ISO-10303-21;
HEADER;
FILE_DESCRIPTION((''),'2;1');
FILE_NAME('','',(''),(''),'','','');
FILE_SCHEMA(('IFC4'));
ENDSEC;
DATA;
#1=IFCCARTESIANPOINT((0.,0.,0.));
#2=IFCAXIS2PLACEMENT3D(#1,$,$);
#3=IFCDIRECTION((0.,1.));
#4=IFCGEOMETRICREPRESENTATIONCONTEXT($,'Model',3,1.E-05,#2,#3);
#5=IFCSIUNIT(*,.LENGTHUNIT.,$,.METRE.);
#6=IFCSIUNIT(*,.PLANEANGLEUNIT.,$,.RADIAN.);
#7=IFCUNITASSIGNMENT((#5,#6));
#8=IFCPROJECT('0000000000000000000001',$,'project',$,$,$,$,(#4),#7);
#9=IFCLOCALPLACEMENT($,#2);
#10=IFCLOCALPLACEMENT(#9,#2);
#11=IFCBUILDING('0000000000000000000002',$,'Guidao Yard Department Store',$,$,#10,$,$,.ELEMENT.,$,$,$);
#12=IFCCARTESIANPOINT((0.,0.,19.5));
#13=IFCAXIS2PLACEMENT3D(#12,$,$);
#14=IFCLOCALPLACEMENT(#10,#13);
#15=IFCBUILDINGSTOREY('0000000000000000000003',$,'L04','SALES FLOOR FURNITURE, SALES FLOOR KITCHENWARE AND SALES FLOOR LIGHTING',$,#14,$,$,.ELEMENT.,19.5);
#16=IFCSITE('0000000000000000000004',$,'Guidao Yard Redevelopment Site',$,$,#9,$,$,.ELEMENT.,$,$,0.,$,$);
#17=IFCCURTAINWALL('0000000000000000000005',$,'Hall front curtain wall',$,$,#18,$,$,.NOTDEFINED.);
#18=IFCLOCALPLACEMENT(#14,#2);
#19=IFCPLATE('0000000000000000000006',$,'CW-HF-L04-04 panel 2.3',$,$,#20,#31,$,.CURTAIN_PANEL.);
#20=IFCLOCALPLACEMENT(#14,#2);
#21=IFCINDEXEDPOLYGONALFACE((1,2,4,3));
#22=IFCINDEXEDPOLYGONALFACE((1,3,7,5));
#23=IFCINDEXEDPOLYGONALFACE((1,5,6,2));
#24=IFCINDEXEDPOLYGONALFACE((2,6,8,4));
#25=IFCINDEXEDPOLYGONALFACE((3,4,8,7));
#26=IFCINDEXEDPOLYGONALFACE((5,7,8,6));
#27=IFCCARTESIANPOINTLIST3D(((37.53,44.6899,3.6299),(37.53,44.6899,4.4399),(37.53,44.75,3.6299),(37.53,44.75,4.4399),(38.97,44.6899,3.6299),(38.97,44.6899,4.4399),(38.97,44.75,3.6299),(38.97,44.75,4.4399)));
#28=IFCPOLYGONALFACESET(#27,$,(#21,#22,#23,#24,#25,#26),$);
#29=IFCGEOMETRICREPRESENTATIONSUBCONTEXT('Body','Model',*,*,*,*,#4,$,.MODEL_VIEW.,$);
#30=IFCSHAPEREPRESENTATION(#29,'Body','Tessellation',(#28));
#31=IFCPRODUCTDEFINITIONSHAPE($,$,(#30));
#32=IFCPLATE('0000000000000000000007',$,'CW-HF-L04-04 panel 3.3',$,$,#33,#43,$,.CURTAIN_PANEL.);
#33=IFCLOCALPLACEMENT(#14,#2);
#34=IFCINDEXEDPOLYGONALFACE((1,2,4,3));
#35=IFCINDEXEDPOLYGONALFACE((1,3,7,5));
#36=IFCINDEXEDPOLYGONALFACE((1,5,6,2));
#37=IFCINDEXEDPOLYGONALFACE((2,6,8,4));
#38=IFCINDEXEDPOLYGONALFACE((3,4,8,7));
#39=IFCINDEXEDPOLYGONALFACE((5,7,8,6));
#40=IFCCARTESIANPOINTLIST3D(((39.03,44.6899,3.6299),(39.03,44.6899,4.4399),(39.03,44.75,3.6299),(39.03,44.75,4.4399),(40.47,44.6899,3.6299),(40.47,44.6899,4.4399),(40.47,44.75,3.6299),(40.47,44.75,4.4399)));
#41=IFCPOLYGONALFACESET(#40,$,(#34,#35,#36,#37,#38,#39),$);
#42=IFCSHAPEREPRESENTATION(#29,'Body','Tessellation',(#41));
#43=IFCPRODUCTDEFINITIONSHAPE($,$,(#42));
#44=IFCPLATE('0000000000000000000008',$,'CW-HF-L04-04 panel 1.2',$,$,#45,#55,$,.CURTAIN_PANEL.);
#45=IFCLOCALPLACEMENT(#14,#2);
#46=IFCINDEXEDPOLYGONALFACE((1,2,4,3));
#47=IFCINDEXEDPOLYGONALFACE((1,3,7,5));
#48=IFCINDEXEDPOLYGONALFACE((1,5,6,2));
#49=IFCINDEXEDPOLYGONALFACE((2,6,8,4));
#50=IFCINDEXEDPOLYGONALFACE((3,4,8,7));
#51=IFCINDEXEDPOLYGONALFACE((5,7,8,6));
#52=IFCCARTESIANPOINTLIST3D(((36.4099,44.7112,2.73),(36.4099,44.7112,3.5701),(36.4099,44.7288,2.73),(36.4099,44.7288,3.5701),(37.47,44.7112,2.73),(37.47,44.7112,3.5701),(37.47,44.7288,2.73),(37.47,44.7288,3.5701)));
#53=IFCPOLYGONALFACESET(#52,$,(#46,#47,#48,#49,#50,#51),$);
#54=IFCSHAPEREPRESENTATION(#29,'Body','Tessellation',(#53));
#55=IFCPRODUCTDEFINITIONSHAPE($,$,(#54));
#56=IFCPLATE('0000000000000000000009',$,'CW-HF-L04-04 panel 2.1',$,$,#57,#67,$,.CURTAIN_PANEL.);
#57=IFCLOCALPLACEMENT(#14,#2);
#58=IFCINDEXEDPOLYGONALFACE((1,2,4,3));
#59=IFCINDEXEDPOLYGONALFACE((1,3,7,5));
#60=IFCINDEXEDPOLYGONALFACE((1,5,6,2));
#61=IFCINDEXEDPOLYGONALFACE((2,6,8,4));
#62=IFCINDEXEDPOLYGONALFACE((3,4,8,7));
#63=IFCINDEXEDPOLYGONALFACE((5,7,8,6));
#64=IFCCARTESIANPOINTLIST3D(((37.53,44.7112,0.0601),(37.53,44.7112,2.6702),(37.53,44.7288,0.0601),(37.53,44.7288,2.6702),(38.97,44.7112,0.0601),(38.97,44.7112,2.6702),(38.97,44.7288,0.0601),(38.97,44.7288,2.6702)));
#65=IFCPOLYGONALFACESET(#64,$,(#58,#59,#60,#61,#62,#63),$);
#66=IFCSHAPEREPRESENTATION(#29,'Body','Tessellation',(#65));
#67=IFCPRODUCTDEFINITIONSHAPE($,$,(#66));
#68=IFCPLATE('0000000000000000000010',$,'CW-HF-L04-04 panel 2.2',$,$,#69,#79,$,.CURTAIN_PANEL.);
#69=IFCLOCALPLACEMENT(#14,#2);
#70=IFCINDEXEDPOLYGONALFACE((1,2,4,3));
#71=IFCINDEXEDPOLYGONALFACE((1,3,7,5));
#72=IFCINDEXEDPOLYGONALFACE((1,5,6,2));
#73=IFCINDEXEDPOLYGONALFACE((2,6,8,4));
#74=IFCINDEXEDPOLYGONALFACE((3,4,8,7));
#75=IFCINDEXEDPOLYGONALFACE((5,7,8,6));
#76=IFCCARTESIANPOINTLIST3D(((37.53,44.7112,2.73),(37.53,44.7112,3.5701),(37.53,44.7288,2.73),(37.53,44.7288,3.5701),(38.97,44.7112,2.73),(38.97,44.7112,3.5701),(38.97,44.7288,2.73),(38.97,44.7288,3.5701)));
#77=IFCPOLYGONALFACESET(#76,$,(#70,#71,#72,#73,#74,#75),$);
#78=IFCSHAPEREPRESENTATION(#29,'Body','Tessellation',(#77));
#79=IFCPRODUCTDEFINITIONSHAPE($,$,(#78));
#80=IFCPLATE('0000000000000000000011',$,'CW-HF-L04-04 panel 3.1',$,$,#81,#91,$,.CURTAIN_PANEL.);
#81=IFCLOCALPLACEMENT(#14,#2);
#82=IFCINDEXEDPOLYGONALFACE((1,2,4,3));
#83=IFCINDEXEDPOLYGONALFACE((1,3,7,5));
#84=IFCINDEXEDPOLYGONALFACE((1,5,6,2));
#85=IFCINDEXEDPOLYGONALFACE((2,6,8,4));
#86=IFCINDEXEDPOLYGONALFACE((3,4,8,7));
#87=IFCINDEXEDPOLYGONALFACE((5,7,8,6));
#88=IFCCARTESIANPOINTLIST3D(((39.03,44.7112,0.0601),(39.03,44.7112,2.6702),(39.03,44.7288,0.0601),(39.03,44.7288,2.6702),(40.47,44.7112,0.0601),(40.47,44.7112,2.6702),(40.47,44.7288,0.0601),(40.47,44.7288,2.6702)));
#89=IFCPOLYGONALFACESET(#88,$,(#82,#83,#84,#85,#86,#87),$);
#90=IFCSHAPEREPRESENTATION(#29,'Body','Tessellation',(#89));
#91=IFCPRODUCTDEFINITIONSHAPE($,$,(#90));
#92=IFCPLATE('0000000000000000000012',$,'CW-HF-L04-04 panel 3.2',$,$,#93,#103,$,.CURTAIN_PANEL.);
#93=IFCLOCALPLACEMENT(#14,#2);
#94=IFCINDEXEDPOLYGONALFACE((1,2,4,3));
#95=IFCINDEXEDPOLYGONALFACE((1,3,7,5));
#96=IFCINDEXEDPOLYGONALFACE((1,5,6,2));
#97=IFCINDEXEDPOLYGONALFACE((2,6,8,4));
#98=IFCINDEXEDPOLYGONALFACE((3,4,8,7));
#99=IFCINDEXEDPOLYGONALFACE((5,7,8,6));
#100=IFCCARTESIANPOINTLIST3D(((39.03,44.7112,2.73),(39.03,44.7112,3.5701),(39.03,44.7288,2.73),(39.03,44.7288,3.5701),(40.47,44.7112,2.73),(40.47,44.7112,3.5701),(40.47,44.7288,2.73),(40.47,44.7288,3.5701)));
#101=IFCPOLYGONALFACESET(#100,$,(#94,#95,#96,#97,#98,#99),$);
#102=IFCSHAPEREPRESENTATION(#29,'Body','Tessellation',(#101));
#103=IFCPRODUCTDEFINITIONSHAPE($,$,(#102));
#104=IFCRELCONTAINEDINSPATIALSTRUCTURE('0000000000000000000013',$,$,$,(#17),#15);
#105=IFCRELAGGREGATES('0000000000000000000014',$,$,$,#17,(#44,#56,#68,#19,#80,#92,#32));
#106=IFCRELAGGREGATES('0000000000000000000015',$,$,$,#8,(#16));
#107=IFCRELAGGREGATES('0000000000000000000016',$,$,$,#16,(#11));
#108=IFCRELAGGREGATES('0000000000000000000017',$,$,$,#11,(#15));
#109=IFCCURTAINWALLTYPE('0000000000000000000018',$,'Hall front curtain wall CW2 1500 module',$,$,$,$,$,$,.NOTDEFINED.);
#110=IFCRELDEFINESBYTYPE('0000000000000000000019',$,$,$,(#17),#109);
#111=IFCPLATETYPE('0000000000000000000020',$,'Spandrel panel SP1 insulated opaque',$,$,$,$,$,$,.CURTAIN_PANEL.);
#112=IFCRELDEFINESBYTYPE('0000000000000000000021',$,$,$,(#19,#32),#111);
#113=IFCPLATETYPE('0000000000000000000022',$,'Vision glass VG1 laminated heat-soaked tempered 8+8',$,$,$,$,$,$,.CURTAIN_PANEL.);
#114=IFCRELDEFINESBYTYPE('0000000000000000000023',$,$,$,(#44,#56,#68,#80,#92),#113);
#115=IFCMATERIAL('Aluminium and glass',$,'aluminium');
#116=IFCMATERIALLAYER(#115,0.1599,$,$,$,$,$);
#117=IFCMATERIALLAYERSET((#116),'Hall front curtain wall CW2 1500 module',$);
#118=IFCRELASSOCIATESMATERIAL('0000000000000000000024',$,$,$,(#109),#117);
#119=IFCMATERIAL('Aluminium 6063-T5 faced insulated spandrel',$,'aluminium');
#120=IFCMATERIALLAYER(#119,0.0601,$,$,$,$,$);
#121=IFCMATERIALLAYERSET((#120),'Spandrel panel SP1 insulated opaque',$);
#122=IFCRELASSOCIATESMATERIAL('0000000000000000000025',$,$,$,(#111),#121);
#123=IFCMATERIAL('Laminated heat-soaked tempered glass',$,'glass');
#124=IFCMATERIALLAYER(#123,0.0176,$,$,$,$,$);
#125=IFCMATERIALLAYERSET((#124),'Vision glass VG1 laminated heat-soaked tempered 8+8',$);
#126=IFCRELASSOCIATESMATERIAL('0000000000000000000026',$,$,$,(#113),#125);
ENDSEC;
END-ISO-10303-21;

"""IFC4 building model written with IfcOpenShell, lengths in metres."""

from ifc_helpers import new_model, si_unit, direction, frame, origin, origin_2d, place, context, subcontext, project, spatial, rectangle, extrude, material, layer, layer_set, type_object, element, aggregate, save


model = new_model("IFC4")

# Units and contexts
model_context = context("Model", 3, precision=1e-05, world=origin(), true_north=direction((0.0, 1.0)))
body_context = subcontext(model_context, "Body", "Model", "MODEL_VIEW")
ifc_project = project(units=[si_unit("LENGTHUNIT", "METRE"), si_unit("PLANEANGLEUNIT", "RADIAN")], contexts=[model_context])

# Site, building, storey
site_placement = place(None, origin())
site = spatial("IfcSite", under=ifc_project, at=site_placement, Name="Guidao Yard Redevelopment Site", CompositionType="ELEMENT", RefElevation=0.0)
building_placement = place(site_placement, origin())
building = spatial("IfcBuilding", under=site, at=building_placement, Name="Guidao Yard Department Store", CompositionType="ELEMENT")
storey_placement = place(building_placement, frame((0.0, 0.0, 19.5)))
storey = spatial("IfcBuildingStorey", under=building, at=storey_placement, Name="L04", Description="SALES FLOOR FURNITURE, SALES FLOOR KITCHENWARE AND SALES FLOOR LIGHTING", CompositionType="ELEMENT", Elevation=19.5)

# Curtain wall, plates
ifc_material_1 = material(Name="Aluminium and glass", Category="aluminium")
ifc_layer_1 = layer(ifc_material_1, 0.1599)
ifc_layer_set_1 = layer_set([ifc_layer_1], Name="Hall front curtain wall CW2 1500 module")
curtain_wall_type = type_object("IfcCurtainWallType", Name="Hall front curtain wall CW2 1500 module", PredefinedType="NOTDEFINED", material=ifc_layer_set_1)
curtain_wall_placement = place(storey_placement, origin())
curtain_wall = element("IfcCurtainWall", 1, at=curtain_wall_placement, inside=storey, type_object=curtain_wall_type, Name="Hall front curtain wall", PredefinedType="NOTDEFINED")
ifc_material_2 = material(Name="Aluminium 6063-T5 faced insulated spandrel", Category="aluminium")
ifc_layer_2 = layer(ifc_material_2, 0.0601)
ifc_layer_set_2 = layer_set([ifc_layer_2], Name="Spandrel panel SP1 insulated opaque")
plate_type_1 = type_object("IfcPlateType", Name="Spandrel panel SP1 insulated opaque", PredefinedType="CURTAIN_PANEL", material=ifc_layer_set_2)
plate_1_placement = place(storey_placement, frame((38.25, 44.72, 3.6299), z_axis=(0.0, 0.0, 1.0), x_axis=(-1.0, 0.0, 0.0)))
plate_1 = element("IfcPlate", 2, at=plate_1_placement, type_object=plate_type_1, Name="CW-HF-L04-04 panel 2.3", PredefinedType="CURTAIN_PANEL", context=body_context, shape_type="SweptSolid", body=[
    extrude(rectangle(XDim=1.4399, YDim=0.0601, at=origin_2d()), origin(), (0.0, 0.0, 1.0), 0.8101),
])
plate_2_placement = place(storey_placement, frame((39.75, 44.72, 3.6299), z_axis=(0.0, 0.0, 1.0), x_axis=(-1.0, 0.0, 0.0)))
plate_2 = element("IfcPlate", 3, at=plate_2_placement, type_object=plate_type_1, Name="CW-HF-L04-04 panel 3.3", PredefinedType="CURTAIN_PANEL", context=body_context, shape_type="SweptSolid", body=[
    extrude(rectangle(XDim=1.4399, YDim=0.0601, at=origin_2d()), origin(), (0.0, 0.0, 1.0), 0.8101),
])
ifc_material_3 = material(Name="Laminated heat-soaked tempered glass", Category="glass")
ifc_layer_3 = layer(ifc_material_3, 0.0176)
ifc_layer_set_3 = layer_set([ifc_layer_3], Name="Vision glass VG1 laminated heat-soaked tempered 8+8")
plate_type_2 = type_object("IfcPlateType", Name="Vision glass VG1 laminated heat-soaked tempered 8+8", PredefinedType="CURTAIN_PANEL", material=ifc_layer_set_3)
plate_3_placement = place(storey_placement, frame((36.9399, 44.72, 2.73), z_axis=(0.0, 0.0, 1.0), x_axis=(-1.0, 0.0, 0.0)))
plate_3 = element("IfcPlate", 4, at=plate_3_placement, type_object=plate_type_2, Name="CW-HF-L04-04 panel 1.2", PredefinedType="CURTAIN_PANEL", context=body_context, shape_type="SweptSolid", body=[
    extrude(rectangle(XDim=1.0601, YDim=0.0176, at=origin_2d()), origin(), (0.0, 0.0, 1.0), 0.8401),
])
plate_4_placement = place(storey_placement, frame((38.25, 44.72, 0.0601), z_axis=(0.0, 0.0, 1.0), x_axis=(-1.0, 0.0, 0.0)))
plate_4 = element("IfcPlate", 5, at=plate_4_placement, type_object=plate_type_2, Name="CW-HF-L04-04 panel 2.1", PredefinedType="CURTAIN_PANEL", context=body_context, shape_type="SweptSolid", body=[
    extrude(rectangle(XDim=1.4399, YDim=0.0176, at=origin_2d()), origin(), (0.0, 0.0, 1.0), 2.6101),
])
plate_5_placement = place(storey_placement, frame((38.25, 44.72, 2.73), z_axis=(0.0, 0.0, 1.0), x_axis=(-1.0, 0.0, 0.0)))
plate_5 = element("IfcPlate", 6, at=plate_5_placement, type_object=plate_type_2, Name="CW-HF-L04-04 panel 2.2", PredefinedType="CURTAIN_PANEL", context=body_context, shape_type="SweptSolid", body=[
    extrude(rectangle(XDim=1.4399, YDim=0.0176, at=origin_2d()), origin(), (0.0, 0.0, 1.0), 0.8401),
])
plate_6_placement = place(storey_placement, frame((39.75, 44.72, 0.0601), z_axis=(0.0, 0.0, 1.0), x_axis=(-1.0, 0.0, 0.0)))
plate_6 = element("IfcPlate", 7, at=plate_6_placement, type_object=plate_type_2, Name="CW-HF-L04-04 panel 3.1", PredefinedType="CURTAIN_PANEL", context=body_context, shape_type="SweptSolid", body=[
    extrude(rectangle(XDim=1.4399, YDim=0.0176, at=origin_2d()), origin(), (0.0, 0.0, 1.0), 2.6101),
])
plate_7_placement = place(storey_placement, frame((39.75, 44.72, 2.73), z_axis=(0.0, 0.0, 1.0), x_axis=(-1.0, 0.0, 0.0)))
plate_7 = element("IfcPlate", 8, at=plate_7_placement, type_object=plate_type_2, Name="CW-HF-L04-04 panel 3.2", PredefinedType="CURTAIN_PANEL", context=body_context, shape_type="SweptSolid", body=[
    extrude(rectangle(XDim=1.4399, YDim=0.0176, at=origin_2d()), origin(), (0.0, 0.0, 1.0), 0.8401),
])
aggregate(curtain_wall, [plate_3, plate_4, plate_5, plate_1, plate_6, plate_7, plate_2])

save(model, "model.ifc")
